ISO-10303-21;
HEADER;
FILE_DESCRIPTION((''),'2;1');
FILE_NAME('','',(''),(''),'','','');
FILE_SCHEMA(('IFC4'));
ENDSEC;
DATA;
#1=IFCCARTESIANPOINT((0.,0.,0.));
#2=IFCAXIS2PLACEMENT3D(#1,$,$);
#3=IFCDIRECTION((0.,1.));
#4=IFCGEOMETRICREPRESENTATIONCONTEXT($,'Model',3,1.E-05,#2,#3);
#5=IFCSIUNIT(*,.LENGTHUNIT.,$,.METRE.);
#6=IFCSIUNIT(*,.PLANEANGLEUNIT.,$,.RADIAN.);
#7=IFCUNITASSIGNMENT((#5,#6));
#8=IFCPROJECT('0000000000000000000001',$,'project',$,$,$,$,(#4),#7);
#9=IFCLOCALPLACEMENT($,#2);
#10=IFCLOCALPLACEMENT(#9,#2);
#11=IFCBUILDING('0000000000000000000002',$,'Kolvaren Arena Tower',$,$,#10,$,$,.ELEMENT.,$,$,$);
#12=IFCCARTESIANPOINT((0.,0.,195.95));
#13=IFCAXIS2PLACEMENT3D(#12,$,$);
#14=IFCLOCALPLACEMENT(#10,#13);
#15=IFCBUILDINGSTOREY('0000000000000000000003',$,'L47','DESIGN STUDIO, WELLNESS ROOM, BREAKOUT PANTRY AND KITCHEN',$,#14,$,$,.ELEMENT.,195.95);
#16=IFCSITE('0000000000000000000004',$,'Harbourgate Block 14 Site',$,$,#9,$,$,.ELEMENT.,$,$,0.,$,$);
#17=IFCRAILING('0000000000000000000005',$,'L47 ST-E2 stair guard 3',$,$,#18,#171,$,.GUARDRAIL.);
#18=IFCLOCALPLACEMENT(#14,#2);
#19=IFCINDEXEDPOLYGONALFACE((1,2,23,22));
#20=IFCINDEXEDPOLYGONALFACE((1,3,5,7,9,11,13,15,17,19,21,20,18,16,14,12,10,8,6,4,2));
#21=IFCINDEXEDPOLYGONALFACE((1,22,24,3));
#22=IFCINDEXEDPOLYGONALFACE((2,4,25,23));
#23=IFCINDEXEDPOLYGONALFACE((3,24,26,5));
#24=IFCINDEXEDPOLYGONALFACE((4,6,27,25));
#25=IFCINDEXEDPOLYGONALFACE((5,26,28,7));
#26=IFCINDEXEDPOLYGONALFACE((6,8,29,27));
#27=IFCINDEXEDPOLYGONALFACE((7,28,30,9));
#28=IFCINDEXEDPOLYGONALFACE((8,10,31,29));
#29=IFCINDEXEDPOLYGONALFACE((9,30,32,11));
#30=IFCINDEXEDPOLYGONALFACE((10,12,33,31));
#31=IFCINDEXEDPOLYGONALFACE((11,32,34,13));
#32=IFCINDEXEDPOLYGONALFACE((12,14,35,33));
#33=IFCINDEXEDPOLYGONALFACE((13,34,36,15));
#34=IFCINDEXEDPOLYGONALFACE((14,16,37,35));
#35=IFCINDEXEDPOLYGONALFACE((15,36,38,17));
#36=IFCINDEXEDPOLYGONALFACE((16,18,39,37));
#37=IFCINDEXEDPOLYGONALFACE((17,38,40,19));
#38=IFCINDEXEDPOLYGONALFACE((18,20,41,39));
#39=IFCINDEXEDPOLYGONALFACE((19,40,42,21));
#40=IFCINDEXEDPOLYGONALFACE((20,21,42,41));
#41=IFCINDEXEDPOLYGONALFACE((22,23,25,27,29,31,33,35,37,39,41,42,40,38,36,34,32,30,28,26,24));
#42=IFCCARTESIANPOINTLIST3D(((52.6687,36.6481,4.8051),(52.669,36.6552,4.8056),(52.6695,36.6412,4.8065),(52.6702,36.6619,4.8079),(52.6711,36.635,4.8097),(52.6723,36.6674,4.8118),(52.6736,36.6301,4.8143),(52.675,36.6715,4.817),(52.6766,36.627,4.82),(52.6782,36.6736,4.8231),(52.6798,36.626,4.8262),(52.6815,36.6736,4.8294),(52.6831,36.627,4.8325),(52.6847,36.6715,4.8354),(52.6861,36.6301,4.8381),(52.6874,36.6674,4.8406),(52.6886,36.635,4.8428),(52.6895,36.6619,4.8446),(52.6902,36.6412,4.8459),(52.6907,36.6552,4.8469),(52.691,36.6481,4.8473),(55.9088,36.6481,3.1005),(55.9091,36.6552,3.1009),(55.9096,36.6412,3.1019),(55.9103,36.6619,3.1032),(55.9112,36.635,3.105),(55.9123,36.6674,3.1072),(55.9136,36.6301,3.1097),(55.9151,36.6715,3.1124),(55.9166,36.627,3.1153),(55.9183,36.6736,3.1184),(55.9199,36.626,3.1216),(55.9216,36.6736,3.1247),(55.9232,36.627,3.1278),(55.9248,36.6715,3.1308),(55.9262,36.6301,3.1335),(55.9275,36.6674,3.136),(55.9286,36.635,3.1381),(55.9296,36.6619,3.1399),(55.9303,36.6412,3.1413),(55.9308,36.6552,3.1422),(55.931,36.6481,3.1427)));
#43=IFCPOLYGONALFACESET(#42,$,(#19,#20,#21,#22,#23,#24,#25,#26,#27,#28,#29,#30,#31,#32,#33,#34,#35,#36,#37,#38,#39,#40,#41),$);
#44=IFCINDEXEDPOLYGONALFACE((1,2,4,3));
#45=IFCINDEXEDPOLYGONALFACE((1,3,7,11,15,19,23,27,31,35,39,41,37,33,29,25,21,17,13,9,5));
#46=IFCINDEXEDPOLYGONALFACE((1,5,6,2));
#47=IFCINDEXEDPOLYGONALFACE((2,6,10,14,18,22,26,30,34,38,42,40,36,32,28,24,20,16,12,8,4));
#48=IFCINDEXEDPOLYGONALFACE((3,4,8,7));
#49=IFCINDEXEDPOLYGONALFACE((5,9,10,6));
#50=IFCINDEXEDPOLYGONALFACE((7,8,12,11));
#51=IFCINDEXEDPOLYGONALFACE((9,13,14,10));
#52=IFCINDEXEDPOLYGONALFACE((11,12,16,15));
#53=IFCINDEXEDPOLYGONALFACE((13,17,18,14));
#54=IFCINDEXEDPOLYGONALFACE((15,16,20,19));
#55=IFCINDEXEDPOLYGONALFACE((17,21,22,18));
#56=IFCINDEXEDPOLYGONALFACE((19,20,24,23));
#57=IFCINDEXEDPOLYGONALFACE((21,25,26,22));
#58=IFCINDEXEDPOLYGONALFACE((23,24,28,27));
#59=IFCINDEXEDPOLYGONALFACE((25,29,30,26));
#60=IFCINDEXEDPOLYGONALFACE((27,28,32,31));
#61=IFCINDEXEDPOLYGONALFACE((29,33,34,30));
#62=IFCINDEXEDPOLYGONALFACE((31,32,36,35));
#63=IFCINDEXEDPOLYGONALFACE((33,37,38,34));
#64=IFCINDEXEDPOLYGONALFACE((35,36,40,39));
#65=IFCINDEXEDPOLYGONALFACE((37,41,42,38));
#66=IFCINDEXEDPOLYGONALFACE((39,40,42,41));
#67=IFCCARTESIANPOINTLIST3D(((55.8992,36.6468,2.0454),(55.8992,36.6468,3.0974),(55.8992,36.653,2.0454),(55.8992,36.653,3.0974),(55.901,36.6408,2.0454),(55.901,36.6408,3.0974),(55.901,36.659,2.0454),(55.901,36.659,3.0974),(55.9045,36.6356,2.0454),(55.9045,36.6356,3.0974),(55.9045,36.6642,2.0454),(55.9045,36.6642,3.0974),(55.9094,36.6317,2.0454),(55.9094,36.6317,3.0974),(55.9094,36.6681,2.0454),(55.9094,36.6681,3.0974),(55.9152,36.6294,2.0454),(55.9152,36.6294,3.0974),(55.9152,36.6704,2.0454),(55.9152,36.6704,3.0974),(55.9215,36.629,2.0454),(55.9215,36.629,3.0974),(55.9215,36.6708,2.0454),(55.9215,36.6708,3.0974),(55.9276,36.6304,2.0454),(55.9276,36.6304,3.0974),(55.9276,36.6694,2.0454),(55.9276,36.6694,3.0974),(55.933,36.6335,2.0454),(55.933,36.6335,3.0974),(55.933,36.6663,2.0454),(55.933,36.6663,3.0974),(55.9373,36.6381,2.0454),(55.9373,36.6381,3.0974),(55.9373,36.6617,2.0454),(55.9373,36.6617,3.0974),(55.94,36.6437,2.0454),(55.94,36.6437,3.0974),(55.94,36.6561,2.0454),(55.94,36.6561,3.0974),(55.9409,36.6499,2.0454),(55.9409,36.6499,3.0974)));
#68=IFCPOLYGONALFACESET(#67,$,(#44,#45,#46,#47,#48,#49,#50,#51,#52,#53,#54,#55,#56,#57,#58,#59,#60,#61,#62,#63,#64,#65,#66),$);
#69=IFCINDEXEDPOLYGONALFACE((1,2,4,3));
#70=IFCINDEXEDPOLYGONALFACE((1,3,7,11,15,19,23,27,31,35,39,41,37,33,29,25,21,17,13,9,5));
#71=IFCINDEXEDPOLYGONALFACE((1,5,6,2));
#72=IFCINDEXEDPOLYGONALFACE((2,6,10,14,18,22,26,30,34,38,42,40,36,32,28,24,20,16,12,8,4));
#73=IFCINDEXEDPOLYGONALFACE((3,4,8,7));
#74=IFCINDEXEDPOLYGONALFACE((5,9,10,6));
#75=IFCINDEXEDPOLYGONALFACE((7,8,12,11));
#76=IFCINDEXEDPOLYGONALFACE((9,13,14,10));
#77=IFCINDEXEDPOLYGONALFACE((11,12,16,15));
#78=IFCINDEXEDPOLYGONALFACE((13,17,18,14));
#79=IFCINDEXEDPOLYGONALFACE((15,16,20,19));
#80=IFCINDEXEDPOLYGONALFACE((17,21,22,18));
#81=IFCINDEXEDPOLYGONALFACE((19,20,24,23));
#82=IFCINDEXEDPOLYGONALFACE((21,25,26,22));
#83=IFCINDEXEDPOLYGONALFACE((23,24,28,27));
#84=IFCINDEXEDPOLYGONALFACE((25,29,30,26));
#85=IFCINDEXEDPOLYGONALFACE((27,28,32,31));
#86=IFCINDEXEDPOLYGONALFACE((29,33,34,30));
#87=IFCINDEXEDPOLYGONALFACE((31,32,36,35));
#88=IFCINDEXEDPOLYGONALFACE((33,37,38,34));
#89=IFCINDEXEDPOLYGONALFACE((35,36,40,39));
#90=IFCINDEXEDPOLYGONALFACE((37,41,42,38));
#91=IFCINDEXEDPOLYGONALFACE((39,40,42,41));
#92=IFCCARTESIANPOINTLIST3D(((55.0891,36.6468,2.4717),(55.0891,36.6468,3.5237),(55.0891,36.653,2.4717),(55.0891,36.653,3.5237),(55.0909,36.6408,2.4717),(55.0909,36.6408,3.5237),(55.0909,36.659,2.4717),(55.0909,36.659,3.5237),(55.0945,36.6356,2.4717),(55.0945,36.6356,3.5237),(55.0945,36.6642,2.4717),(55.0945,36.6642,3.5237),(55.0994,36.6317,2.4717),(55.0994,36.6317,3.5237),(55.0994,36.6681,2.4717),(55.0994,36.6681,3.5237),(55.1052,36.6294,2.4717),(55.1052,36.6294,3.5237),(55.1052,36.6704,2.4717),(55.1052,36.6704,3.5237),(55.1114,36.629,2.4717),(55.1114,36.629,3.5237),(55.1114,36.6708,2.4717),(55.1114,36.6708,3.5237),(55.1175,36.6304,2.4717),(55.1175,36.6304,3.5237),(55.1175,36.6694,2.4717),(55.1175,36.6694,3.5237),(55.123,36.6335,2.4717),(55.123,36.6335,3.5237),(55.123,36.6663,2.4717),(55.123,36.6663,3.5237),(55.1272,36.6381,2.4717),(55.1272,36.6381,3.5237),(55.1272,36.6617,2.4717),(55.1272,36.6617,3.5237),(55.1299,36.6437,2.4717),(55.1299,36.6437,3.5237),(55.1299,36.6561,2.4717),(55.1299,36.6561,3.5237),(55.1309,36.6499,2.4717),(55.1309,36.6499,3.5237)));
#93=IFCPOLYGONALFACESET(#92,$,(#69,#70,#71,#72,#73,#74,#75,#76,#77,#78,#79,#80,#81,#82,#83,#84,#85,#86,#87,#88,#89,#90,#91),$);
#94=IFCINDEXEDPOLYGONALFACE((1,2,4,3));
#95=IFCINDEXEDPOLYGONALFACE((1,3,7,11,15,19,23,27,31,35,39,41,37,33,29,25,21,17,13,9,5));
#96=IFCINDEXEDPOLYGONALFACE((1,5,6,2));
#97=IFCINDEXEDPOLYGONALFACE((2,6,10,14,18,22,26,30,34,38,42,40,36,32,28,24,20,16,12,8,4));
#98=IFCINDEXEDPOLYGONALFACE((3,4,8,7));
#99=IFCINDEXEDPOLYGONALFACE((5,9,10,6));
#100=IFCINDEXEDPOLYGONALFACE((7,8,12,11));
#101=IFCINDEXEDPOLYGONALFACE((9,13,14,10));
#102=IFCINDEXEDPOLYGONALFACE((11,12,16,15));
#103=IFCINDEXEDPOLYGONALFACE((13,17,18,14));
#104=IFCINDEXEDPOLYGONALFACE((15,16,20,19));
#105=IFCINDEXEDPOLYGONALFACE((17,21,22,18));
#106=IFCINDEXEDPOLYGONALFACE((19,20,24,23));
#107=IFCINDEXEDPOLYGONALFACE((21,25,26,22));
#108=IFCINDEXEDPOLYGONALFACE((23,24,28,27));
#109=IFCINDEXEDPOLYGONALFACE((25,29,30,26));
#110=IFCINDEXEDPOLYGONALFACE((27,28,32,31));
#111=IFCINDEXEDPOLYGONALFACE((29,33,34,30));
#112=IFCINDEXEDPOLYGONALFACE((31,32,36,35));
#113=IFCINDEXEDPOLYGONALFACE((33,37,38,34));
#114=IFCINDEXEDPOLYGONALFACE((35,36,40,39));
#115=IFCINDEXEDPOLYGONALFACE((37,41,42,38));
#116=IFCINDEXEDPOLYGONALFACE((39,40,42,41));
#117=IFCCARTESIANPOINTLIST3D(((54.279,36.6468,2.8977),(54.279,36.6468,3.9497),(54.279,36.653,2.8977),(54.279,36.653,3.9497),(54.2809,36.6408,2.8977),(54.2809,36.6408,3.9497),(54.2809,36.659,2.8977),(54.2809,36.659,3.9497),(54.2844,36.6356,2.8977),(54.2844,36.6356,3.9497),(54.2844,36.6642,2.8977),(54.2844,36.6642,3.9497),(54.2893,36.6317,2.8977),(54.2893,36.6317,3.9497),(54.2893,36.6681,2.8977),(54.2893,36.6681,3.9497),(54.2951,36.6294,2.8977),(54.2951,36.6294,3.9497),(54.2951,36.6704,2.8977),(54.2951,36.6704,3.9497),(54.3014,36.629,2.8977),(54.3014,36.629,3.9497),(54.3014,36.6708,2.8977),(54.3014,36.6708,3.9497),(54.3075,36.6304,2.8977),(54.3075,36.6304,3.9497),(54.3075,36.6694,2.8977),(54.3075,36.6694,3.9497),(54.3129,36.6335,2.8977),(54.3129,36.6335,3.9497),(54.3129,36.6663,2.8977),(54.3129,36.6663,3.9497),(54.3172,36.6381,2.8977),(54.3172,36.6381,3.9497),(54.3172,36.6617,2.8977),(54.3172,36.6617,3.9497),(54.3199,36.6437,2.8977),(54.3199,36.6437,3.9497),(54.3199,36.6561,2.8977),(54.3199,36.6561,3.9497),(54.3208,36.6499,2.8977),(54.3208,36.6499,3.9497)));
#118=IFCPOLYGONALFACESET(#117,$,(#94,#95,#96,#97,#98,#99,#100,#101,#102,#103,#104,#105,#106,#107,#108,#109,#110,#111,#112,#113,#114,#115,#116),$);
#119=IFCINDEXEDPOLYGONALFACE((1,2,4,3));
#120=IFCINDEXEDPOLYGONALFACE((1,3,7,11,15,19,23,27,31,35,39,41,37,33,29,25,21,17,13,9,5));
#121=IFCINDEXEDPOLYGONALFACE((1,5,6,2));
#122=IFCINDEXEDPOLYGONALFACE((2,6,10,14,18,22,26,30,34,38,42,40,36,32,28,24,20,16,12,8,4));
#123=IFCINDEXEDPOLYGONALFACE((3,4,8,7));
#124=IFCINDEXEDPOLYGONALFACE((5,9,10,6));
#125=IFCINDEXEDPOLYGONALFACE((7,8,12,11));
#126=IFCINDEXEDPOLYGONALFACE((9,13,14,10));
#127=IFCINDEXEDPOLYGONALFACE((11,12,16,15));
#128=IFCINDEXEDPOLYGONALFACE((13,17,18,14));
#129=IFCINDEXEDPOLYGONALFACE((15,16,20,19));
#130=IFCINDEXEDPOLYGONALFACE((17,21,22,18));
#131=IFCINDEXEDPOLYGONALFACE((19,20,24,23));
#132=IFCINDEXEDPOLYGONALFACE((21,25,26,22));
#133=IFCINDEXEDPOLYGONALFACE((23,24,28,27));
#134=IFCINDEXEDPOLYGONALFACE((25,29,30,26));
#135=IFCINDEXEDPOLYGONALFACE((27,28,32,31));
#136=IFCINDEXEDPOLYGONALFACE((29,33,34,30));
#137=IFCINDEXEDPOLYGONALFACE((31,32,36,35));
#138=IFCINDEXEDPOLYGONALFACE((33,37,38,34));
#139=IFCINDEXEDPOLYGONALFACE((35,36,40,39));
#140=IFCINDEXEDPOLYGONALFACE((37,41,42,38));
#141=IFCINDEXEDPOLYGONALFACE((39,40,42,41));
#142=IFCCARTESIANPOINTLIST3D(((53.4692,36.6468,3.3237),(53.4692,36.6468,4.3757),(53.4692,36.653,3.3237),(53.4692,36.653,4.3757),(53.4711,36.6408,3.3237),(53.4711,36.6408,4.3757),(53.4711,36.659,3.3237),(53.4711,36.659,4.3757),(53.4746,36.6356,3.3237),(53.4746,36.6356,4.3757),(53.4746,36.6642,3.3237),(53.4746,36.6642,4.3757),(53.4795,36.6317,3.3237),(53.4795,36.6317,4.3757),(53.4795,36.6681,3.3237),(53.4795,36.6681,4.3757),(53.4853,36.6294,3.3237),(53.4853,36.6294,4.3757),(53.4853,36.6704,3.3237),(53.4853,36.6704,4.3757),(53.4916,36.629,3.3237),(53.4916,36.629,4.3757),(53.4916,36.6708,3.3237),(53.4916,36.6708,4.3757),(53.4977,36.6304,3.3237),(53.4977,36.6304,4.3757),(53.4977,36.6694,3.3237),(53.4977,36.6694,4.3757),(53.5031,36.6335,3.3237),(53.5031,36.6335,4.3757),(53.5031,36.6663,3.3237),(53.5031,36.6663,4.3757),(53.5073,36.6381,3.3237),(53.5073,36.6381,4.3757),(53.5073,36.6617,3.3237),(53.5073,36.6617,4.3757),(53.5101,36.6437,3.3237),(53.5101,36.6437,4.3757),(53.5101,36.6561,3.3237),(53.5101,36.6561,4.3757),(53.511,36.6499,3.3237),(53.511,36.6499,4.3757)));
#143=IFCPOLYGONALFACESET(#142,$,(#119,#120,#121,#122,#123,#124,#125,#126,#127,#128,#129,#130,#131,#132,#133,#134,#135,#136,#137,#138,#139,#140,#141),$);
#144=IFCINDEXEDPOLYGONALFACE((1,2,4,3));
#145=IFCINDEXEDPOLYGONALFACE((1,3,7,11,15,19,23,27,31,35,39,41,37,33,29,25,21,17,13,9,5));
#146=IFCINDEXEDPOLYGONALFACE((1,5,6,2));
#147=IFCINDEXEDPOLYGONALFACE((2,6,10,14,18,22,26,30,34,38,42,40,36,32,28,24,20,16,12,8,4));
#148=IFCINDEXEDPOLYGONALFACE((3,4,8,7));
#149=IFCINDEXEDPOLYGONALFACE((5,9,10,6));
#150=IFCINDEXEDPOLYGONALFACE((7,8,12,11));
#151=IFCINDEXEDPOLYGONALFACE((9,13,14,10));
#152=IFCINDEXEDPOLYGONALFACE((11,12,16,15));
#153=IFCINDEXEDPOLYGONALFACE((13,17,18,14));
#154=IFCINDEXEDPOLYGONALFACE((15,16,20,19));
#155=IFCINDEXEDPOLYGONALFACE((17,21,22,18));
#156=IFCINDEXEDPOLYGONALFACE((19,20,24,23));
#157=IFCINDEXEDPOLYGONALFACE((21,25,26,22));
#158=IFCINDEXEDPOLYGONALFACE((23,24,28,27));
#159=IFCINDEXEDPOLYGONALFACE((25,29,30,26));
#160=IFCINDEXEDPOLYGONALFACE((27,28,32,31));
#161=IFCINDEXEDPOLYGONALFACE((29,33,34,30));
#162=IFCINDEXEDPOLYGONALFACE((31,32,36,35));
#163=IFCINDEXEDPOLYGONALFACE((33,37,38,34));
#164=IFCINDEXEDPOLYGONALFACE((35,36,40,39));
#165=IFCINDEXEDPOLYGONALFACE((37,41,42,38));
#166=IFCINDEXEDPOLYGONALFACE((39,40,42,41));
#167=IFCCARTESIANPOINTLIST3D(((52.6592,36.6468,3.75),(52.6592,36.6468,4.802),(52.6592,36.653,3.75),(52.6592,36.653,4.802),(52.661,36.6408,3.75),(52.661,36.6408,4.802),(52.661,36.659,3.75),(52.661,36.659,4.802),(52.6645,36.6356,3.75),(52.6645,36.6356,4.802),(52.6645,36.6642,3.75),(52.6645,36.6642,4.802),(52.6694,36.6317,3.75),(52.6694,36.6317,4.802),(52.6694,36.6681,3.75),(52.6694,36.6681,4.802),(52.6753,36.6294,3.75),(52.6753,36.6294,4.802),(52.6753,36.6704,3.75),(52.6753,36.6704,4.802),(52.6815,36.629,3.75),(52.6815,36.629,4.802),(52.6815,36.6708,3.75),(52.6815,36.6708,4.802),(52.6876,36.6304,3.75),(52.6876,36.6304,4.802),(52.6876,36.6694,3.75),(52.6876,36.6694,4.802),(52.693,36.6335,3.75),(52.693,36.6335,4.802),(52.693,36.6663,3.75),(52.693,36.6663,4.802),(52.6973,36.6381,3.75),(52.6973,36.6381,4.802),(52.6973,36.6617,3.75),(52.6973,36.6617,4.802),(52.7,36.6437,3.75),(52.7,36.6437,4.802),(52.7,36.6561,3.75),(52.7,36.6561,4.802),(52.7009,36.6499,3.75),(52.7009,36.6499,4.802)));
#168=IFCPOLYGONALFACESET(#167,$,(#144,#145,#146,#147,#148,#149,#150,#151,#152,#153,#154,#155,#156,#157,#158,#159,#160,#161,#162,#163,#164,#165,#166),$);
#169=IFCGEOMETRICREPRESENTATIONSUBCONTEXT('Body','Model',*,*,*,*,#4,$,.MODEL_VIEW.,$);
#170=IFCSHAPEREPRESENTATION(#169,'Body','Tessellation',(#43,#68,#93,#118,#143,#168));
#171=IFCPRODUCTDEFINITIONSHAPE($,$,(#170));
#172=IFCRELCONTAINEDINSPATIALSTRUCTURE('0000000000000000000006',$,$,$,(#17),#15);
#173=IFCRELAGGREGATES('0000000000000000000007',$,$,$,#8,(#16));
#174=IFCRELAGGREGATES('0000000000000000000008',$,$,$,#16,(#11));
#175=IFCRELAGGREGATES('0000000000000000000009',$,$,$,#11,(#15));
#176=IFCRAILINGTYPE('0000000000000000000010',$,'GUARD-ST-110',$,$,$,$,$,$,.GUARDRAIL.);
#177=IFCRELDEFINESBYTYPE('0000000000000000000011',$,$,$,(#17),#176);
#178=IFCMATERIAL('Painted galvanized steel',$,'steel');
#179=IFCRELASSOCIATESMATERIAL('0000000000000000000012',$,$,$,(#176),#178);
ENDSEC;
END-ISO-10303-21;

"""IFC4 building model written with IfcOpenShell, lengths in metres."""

from ifc_helpers import new_model, si_unit, direction, frame, origin, origin_2d, place, context, subcontext, project, spatial, circle, extrude, material, type_object, element, save


model = new_model("IFC4")

# Units and contexts
model_context = context("Model", 3, precision=1e-05, world=origin(), true_north=direction((0.0, 1.0)))
body_context = subcontext(model_context, "Body", "Model", "MODEL_VIEW")
ifc_project = project(units=[si_unit("LENGTHUNIT", "METRE"), si_unit("PLANEANGLEUNIT", "RADIAN")], contexts=[model_context])

# Site, building, storey
site_placement = place(None, origin())
site = spatial("IfcSite", under=ifc_project, at=site_placement, Name="Harbourgate Block 14 Site", CompositionType="ELEMENT", RefElevation=0.0)
building_placement = place(site_placement, origin())
building = spatial("IfcBuilding", under=site, at=building_placement, Name="Kolvaren Arena Tower", CompositionType="ELEMENT")
storey_placement = place(building_placement, frame((0.0, 0.0, 195.95)))
storey = spatial("IfcBuildingStorey", under=building, at=storey_placement, Name="L47", Description="DESIGN STUDIO, WELLNESS ROOM, BREAKOUT PANTRY AND KITCHEN", CompositionType="ELEMENT", Elevation=195.95)

# Railing
ifc_material_1 = material(Name="Painted galvanized steel", Category="steel")
railing_type_1 = type_object("IfcRailingType", Name="GUARD-ST-110", PredefinedType="GUARDRAIL", material=ifc_material_1)
railing_1_placement = place(storey_placement, frame((55.9199, 36.6499, 2.0454)))
element("IfcRailing", 1, at=railing_1_placement, inside=storey, type_object=railing_type_1, Name="L47 ST-E2 stair guard 3", PredefinedType="GUARDRAIL", context=body_context, shape_type="SweptSolid", body=[
    extrude(circle(Radius=0.0239, at=origin_2d()), frame((0.0, 0.0, 1.0762), z_axis=(-0.884993, 0.0, 0.465604), x_axis=(0.0, -1.0, 0.0)), (0.0, 0.0, 1.0), 3.6611),
    extrude(circle(Radius=0.021, at=origin_2d()), origin(), (0.0, 0.0, 1.0), 1.052),
    extrude(circle(Radius=0.021, at=origin_2d()), frame((-0.8101, 0.0, 0.4263)), (0.0, 0.0, 1.0), 1.052),
    extrude(circle(Radius=0.021, at=origin_2d()), frame((-1.6201, 0.0, 0.8523)), (0.0, 0.0, 1.0), 1.052),
    extrude(circle(Radius=0.021, at=origin_2d()), frame((-2.4299, 0.0, 1.2783)), (0.0, 0.0, 1.0), 1.052),
    extrude(circle(Radius=0.021, at=origin_2d()), frame((-3.24, 0.0, 1.7046)), (0.0, 0.0, 1.0), 1.052),
])

save(model, "model.ifc")
